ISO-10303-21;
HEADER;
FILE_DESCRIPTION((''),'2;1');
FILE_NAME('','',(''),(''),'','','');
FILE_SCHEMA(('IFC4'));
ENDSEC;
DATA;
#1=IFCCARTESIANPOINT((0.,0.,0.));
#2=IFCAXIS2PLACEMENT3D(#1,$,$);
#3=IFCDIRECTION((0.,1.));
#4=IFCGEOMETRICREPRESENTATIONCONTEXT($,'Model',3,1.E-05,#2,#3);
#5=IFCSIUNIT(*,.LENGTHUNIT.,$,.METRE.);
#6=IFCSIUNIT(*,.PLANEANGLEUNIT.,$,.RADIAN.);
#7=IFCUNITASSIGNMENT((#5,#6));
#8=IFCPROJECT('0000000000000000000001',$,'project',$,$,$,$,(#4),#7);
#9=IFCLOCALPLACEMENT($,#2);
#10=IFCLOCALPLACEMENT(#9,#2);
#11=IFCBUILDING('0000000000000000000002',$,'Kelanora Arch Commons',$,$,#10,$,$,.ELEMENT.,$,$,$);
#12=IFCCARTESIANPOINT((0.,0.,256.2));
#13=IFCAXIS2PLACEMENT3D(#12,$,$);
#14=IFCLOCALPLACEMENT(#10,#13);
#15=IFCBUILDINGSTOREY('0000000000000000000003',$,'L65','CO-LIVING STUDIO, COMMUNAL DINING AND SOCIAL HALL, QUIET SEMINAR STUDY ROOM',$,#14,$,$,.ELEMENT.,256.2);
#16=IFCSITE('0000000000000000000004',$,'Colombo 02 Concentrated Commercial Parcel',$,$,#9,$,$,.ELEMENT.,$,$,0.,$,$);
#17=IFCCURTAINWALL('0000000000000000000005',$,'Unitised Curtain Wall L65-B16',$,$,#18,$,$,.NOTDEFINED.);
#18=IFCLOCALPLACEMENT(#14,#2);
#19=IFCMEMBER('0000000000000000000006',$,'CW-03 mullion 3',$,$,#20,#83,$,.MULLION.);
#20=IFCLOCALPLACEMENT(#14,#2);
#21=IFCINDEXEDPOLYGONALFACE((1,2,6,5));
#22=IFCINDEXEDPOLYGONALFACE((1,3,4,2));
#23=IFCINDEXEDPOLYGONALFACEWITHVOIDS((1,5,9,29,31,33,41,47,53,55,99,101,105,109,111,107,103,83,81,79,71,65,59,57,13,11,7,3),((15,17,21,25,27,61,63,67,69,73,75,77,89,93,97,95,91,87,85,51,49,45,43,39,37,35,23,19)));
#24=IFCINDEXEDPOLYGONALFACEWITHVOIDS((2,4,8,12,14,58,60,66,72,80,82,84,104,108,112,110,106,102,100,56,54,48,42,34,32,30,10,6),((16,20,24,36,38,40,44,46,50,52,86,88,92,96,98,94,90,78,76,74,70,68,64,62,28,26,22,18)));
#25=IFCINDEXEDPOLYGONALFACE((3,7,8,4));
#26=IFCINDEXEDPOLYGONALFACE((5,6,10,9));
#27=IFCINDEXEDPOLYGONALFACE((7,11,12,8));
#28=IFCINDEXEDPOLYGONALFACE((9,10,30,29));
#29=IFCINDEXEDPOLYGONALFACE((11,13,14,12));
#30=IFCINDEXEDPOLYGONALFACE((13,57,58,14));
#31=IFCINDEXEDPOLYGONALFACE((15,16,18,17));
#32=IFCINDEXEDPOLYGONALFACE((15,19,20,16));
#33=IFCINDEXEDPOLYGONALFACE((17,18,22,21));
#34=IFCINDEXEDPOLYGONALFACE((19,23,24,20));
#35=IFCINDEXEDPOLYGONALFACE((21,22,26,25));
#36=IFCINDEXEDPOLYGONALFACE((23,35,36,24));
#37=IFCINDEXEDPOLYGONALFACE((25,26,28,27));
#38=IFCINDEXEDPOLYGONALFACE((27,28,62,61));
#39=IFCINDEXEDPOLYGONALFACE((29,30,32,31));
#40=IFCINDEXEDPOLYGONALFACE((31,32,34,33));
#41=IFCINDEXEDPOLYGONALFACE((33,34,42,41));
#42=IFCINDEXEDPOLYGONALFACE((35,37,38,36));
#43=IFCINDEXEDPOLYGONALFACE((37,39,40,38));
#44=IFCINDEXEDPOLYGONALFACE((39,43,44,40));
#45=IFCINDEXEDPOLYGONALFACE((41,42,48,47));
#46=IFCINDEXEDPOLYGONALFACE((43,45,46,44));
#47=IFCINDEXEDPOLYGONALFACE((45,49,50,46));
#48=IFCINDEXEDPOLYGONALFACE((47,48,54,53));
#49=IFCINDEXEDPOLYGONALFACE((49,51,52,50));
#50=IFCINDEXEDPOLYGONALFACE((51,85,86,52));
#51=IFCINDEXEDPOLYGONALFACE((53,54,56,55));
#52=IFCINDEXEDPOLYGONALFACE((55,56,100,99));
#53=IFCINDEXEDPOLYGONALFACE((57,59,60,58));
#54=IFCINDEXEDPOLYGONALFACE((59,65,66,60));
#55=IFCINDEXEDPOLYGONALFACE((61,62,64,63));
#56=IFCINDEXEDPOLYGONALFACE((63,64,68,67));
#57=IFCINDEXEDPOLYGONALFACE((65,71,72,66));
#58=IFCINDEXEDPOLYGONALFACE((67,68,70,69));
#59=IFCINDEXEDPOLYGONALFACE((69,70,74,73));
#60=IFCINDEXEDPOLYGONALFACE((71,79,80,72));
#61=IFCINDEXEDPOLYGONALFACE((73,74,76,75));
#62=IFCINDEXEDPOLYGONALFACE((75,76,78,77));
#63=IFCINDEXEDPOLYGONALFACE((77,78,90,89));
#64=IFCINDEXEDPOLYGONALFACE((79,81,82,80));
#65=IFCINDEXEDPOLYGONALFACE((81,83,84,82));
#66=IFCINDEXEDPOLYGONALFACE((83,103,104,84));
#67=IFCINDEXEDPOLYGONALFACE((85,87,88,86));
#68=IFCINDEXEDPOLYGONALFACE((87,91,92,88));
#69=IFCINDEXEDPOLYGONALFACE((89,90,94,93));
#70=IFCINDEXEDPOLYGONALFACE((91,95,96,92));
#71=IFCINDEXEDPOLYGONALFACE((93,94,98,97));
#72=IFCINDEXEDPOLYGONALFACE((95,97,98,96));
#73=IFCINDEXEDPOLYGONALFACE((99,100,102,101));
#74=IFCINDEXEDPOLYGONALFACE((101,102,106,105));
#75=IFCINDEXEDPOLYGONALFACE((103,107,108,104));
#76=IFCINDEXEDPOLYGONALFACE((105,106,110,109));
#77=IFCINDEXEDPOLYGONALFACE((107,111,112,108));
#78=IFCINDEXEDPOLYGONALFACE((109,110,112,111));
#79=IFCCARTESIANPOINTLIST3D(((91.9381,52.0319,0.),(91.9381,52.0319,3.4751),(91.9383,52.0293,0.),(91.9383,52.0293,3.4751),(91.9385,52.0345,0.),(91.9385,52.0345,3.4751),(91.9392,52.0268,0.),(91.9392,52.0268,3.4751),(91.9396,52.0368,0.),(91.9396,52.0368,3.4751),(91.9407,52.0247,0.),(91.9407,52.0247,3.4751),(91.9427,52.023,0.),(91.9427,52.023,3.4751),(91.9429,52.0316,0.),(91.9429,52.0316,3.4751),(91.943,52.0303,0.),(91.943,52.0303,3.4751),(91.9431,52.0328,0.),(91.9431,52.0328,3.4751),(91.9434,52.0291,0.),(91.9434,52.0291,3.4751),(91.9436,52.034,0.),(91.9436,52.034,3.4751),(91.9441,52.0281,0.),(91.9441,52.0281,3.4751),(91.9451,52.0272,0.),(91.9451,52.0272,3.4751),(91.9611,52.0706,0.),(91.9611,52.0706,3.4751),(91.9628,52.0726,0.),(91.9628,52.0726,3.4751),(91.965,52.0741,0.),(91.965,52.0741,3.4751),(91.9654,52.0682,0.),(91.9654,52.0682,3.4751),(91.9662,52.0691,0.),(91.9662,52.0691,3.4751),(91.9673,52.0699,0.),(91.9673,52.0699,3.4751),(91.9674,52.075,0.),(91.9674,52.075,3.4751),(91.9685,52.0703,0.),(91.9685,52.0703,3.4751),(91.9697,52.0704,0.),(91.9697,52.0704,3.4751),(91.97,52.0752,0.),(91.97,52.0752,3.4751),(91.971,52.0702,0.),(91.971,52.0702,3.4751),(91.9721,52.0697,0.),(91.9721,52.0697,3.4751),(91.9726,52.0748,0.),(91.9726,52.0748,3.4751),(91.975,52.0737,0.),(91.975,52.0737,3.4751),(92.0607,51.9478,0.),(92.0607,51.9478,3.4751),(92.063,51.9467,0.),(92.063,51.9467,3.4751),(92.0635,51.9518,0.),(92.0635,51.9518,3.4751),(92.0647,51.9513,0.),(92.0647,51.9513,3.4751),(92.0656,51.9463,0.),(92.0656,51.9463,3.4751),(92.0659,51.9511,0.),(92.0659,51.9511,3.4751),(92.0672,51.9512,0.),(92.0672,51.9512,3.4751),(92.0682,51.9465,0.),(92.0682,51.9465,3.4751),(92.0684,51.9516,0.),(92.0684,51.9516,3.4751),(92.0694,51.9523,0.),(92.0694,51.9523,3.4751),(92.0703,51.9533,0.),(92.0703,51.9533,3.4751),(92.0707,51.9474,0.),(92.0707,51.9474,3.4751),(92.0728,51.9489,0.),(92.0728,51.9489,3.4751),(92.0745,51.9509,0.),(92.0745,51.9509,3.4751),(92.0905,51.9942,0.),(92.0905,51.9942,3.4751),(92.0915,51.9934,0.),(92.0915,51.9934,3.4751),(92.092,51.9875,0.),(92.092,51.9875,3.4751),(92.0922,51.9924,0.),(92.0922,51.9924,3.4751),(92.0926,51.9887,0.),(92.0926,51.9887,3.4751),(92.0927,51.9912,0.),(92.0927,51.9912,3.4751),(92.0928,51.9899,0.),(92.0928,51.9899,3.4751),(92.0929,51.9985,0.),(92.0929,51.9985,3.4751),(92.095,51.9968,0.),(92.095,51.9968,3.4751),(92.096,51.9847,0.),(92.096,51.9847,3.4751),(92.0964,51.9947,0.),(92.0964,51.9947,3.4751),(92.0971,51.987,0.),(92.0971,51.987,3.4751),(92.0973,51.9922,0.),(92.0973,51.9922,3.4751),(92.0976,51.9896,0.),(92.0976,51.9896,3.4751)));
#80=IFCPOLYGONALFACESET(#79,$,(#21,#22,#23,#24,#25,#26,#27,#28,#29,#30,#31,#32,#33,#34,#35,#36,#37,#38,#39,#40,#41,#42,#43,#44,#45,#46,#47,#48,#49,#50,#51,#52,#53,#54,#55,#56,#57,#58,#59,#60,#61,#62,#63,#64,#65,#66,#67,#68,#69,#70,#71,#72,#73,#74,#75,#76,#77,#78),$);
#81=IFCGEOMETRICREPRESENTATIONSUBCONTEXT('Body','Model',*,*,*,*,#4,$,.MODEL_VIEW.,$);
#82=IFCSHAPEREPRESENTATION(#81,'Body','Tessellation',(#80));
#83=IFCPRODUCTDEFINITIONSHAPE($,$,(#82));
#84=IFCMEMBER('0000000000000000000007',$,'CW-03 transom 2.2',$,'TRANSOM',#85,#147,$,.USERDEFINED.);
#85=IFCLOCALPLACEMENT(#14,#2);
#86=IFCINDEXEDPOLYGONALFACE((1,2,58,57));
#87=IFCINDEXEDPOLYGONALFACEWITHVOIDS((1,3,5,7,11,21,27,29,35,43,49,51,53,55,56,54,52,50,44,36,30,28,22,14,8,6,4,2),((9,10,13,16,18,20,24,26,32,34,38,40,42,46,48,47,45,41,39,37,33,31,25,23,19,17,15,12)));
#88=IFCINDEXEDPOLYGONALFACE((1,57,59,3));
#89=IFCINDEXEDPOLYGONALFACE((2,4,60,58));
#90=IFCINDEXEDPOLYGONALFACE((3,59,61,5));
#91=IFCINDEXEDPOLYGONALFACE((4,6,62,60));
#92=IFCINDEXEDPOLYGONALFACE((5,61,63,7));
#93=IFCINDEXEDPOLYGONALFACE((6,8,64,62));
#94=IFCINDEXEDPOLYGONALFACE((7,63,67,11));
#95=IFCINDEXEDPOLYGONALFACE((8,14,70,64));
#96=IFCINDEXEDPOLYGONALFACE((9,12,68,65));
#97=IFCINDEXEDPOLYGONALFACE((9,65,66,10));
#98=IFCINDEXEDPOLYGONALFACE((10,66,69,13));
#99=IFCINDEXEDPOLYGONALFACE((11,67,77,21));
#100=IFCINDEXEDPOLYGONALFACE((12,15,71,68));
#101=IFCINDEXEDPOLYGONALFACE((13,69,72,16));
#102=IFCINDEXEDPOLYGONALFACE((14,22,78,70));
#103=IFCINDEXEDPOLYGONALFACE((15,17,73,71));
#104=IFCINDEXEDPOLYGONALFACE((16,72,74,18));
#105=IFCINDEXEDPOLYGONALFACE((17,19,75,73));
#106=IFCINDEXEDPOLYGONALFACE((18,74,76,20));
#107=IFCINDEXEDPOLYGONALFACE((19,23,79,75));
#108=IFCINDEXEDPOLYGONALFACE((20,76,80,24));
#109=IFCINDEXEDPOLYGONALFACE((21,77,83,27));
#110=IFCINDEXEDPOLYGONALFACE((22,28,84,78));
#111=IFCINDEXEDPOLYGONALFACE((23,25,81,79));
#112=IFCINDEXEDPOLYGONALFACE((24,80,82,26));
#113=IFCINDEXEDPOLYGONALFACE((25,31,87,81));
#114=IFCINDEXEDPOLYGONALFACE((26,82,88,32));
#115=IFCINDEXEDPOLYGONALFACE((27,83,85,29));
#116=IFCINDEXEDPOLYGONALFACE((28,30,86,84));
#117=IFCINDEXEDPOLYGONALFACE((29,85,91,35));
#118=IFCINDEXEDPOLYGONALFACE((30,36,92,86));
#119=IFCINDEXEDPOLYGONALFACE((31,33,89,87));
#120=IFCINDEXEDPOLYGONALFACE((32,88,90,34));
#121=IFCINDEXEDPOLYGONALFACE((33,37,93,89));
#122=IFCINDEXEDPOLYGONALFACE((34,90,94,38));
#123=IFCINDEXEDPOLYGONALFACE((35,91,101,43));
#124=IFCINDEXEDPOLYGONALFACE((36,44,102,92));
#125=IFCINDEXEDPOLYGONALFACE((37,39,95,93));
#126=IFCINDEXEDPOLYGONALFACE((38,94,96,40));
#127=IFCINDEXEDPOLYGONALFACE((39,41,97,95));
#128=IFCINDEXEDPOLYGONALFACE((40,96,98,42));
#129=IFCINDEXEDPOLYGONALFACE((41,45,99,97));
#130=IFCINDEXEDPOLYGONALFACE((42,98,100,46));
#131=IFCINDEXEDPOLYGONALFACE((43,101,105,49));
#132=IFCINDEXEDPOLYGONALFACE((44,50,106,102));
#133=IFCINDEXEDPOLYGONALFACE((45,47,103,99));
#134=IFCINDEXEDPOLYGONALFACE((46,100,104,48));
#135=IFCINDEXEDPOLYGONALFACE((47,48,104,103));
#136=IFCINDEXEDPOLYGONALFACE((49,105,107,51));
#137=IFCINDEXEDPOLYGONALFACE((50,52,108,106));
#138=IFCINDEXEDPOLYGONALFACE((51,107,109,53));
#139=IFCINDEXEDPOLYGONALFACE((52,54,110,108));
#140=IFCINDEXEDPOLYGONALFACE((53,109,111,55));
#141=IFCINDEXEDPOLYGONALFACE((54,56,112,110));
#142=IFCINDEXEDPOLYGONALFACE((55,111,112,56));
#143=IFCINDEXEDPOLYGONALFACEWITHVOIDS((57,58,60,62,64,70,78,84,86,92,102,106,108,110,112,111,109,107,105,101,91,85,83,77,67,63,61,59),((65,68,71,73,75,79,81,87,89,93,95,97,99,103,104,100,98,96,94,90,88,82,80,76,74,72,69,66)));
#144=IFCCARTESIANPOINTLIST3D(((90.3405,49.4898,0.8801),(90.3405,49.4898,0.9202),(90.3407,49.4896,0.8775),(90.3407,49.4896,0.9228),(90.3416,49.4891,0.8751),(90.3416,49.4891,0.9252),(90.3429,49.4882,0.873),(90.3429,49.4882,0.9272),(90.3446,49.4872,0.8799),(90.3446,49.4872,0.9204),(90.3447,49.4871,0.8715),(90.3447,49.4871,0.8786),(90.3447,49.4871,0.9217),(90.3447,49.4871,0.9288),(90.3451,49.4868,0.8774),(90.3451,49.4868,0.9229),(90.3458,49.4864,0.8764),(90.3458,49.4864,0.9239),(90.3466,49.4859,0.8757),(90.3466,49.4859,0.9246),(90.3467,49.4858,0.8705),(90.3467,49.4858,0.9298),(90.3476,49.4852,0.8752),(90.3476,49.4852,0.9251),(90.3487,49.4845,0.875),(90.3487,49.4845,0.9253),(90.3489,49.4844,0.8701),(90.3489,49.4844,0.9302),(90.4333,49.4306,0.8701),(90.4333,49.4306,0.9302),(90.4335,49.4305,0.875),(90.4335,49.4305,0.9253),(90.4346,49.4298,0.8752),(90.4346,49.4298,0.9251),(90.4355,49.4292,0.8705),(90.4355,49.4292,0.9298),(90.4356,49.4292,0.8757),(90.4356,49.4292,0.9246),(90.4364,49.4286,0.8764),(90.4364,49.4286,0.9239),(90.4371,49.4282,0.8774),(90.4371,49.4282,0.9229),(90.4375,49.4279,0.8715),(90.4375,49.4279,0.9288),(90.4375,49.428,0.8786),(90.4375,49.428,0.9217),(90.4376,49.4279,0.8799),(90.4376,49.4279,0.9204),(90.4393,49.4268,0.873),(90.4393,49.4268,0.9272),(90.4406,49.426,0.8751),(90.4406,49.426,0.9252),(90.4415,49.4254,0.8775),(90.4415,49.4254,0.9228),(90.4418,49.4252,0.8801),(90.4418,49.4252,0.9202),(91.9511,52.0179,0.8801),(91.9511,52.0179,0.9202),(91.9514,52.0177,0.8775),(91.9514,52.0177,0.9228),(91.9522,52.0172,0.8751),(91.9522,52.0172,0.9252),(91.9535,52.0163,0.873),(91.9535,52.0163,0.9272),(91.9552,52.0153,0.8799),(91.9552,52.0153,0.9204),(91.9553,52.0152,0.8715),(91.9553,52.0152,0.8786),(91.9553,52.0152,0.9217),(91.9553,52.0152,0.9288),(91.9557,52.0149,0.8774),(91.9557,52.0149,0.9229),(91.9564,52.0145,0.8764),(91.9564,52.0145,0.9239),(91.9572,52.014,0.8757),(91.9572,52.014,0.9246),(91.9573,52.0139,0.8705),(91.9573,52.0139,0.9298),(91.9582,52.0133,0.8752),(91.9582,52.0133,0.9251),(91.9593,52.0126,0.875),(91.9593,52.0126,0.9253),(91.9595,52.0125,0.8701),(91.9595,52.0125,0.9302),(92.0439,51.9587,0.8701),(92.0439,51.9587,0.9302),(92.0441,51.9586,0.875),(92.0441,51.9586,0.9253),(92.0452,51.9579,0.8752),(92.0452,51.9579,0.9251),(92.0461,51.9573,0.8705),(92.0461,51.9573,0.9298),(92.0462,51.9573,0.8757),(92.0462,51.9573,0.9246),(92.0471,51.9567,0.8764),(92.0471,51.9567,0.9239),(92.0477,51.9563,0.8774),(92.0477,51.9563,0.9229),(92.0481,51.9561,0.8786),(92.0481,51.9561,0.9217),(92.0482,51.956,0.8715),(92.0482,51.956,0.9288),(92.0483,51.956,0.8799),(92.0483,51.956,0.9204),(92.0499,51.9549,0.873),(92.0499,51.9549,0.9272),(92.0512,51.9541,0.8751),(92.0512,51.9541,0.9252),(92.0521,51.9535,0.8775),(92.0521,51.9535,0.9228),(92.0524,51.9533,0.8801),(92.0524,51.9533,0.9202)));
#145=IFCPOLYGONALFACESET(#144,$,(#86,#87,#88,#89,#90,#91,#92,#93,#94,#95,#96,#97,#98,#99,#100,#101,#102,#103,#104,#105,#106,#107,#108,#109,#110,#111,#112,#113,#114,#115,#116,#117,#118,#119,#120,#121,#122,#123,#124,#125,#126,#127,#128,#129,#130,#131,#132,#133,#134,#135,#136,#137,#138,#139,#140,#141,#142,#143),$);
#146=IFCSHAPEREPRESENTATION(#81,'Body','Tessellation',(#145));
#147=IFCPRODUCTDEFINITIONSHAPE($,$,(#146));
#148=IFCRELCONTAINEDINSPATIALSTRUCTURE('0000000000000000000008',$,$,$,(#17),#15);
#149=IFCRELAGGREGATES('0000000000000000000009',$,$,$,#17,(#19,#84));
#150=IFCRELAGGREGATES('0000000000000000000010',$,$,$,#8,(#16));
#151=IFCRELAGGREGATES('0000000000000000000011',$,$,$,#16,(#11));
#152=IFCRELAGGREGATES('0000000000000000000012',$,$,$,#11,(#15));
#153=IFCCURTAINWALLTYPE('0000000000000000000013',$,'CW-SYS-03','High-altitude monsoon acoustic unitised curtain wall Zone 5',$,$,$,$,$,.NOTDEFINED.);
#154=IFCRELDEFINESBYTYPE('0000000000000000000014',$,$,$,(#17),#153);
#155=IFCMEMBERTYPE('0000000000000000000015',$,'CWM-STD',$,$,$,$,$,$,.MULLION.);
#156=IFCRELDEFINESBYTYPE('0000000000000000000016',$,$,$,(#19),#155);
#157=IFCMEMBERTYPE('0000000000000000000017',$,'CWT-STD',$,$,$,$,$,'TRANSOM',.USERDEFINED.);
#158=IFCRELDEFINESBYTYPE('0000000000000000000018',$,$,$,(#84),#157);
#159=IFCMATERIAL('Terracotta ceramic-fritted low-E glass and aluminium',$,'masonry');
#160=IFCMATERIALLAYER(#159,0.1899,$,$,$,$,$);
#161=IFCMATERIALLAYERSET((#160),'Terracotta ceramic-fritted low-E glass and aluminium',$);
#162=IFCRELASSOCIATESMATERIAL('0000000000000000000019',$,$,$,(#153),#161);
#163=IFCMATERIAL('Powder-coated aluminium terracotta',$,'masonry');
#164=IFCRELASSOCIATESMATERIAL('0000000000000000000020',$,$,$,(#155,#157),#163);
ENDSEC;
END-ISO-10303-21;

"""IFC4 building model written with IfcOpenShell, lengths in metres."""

from ifc_helpers import new_model, si_unit, direction, frame, origin, origin_2d, place, context, subcontext, project, spatial, hollow_rectangle, extrude, material, layer, layer_set, material_profile, profile_set, type_object, element, aggregate, save


model = new_model("IFC4")

# Units and contexts
model_context = context("Model", 3, precision=1e-05, world=origin(), true_north=direction((0.0, 1.0)))
body_context = subcontext(model_context, "Body", "Model", "MODEL_VIEW")
ifc_project = project(units=[si_unit("LENGTHUNIT", "METRE"), si_unit("PLANEANGLEUNIT", "RADIAN")], contexts=[model_context])

# Site, building, storey
site_placement = place(None, origin())
site = spatial("IfcSite", under=ifc_project, at=site_placement, Name="Colombo 02 Concentrated Commercial Parcel", CompositionType="ELEMENT", RefElevation=0.0)
building_placement = place(site_placement, origin())
building = spatial("IfcBuilding", under=site, at=building_placement, Name="Kelanora Arch Commons", CompositionType="ELEMENT")
storey_placement = place(building_placement, frame((0.0, 0.0, 256.2)))
storey = spatial("IfcBuildingStorey", under=building, at=storey_placement, Name="L65", Description="CO-LIVING STUDIO, COMMUNAL DINING AND SOCIAL HALL, QUIET SEMINAR STUDY ROOM", CompositionType="ELEMENT", Elevation=256.2)

# Curtain wall, members
ifc_material_1 = material(Name="Terracotta ceramic-fritted low-E glass and aluminium", Category="masonry")
ifc_layer_1 = layer(ifc_material_1, 0.1899)
ifc_layer_set_1 = layer_set([ifc_layer_1], Name="Terracotta ceramic-fritted low-E glass and aluminium")
curtain_wall_type = type_object("IfcCurtainWallType", Name="CW-SYS-03", Description="High-altitude monsoon acoustic unitised curtain wall Zone 5", PredefinedType="NOTDEFINED", material=ifc_layer_set_1)
curtain_wall_placement = place(storey_placement, origin())
curtain_wall = element("IfcCurtainWall", 1, at=curtain_wall_placement, inside=storey, type_object=curtain_wall_type, Name="Unitised Curtain Wall L65-B16", PredefinedType="NOTDEFINED")
ifc_material_2 = material(Name="Powder-coated aluminium terracotta", Category="masonry")
ifc_material_profile_1 = material_profile(ifc_material_2, hollow_rectangle(XDim=0.1599, YDim=0.0601, WallThickness=0.0049, InnerFilletRadius=0.0049, OuterFilletRadius=0.01, at=origin_2d()), Name="CWM160x60")
ifc_profile_set_1 = profile_set([ifc_material_profile_1], Name="Powder-coated aluminium terracotta")
member_type_1 = type_object("IfcMemberType", Name="CWM-STD", PredefinedType="MULLION", material=ifc_profile_set_1)
member_1_placement = place(storey_placement, frame((92.0178, 52.0107, 0.0), z_axis=(0.0, 0.0, 1.0), x_axis=(-0.843391, 0.5373, 0.0)))
member_1 = element("IfcMember", 2, at=member_1_placement, type_object=member_type_1, Name="CW-03 mullion 3", PredefinedType="MULLION", context=body_context, shape_type="SweptSolid", body=[
    extrude(hollow_rectangle(XDim=0.1599, YDim=0.0601, WallThickness=0.0049, InnerFilletRadius=0.0049, OuterFilletRadius=0.01, at=origin_2d()), origin(), (0.0, 0.0, 1.0), 3.4751),
])
ifc_material_profile_2 = material_profile(ifc_material_2, hollow_rectangle(XDim=0.1201, YDim=0.0601, WallThickness=0.0049, InnerFilletRadius=0.0049, OuterFilletRadius=0.01, at=origin_2d()), Name="CWT120x60")
ifc_profile_set_2 = profile_set([ifc_material_profile_2], Name="Powder-coated aluminium terracotta")
member_type_2 = type_object("IfcMemberType", Name="CWT-STD", ElementType="TRANSOM", PredefinedType="USERDEFINED", material=ifc_profile_set_2)
member_2_placement = place(storey_placement, frame((90.3911, 49.4575, 0.9001), z_axis=(0.537308, 0.843386, 0.0), x_axis=(-0.843386, 0.537308, 0.0)))
member_2 = element("IfcMember", 3, at=member_2_placement, type_object=member_type_2, Name="CW-03 transom 2.2", ObjectType="TRANSOM", PredefinedType="USERDEFINED", context=body_context, shape_type="SweptSolid", body=[
    extrude(hollow_rectangle(XDim=0.1201, YDim=0.0601, WallThickness=0.0049, InnerFilletRadius=0.0049, OuterFilletRadius=0.01, at=origin_2d()), origin(), (0.0, 0.0, 1.0), 2.9976),
])
aggregate(curtain_wall, [member_1, member_2])

save(model, "model.ifc")
